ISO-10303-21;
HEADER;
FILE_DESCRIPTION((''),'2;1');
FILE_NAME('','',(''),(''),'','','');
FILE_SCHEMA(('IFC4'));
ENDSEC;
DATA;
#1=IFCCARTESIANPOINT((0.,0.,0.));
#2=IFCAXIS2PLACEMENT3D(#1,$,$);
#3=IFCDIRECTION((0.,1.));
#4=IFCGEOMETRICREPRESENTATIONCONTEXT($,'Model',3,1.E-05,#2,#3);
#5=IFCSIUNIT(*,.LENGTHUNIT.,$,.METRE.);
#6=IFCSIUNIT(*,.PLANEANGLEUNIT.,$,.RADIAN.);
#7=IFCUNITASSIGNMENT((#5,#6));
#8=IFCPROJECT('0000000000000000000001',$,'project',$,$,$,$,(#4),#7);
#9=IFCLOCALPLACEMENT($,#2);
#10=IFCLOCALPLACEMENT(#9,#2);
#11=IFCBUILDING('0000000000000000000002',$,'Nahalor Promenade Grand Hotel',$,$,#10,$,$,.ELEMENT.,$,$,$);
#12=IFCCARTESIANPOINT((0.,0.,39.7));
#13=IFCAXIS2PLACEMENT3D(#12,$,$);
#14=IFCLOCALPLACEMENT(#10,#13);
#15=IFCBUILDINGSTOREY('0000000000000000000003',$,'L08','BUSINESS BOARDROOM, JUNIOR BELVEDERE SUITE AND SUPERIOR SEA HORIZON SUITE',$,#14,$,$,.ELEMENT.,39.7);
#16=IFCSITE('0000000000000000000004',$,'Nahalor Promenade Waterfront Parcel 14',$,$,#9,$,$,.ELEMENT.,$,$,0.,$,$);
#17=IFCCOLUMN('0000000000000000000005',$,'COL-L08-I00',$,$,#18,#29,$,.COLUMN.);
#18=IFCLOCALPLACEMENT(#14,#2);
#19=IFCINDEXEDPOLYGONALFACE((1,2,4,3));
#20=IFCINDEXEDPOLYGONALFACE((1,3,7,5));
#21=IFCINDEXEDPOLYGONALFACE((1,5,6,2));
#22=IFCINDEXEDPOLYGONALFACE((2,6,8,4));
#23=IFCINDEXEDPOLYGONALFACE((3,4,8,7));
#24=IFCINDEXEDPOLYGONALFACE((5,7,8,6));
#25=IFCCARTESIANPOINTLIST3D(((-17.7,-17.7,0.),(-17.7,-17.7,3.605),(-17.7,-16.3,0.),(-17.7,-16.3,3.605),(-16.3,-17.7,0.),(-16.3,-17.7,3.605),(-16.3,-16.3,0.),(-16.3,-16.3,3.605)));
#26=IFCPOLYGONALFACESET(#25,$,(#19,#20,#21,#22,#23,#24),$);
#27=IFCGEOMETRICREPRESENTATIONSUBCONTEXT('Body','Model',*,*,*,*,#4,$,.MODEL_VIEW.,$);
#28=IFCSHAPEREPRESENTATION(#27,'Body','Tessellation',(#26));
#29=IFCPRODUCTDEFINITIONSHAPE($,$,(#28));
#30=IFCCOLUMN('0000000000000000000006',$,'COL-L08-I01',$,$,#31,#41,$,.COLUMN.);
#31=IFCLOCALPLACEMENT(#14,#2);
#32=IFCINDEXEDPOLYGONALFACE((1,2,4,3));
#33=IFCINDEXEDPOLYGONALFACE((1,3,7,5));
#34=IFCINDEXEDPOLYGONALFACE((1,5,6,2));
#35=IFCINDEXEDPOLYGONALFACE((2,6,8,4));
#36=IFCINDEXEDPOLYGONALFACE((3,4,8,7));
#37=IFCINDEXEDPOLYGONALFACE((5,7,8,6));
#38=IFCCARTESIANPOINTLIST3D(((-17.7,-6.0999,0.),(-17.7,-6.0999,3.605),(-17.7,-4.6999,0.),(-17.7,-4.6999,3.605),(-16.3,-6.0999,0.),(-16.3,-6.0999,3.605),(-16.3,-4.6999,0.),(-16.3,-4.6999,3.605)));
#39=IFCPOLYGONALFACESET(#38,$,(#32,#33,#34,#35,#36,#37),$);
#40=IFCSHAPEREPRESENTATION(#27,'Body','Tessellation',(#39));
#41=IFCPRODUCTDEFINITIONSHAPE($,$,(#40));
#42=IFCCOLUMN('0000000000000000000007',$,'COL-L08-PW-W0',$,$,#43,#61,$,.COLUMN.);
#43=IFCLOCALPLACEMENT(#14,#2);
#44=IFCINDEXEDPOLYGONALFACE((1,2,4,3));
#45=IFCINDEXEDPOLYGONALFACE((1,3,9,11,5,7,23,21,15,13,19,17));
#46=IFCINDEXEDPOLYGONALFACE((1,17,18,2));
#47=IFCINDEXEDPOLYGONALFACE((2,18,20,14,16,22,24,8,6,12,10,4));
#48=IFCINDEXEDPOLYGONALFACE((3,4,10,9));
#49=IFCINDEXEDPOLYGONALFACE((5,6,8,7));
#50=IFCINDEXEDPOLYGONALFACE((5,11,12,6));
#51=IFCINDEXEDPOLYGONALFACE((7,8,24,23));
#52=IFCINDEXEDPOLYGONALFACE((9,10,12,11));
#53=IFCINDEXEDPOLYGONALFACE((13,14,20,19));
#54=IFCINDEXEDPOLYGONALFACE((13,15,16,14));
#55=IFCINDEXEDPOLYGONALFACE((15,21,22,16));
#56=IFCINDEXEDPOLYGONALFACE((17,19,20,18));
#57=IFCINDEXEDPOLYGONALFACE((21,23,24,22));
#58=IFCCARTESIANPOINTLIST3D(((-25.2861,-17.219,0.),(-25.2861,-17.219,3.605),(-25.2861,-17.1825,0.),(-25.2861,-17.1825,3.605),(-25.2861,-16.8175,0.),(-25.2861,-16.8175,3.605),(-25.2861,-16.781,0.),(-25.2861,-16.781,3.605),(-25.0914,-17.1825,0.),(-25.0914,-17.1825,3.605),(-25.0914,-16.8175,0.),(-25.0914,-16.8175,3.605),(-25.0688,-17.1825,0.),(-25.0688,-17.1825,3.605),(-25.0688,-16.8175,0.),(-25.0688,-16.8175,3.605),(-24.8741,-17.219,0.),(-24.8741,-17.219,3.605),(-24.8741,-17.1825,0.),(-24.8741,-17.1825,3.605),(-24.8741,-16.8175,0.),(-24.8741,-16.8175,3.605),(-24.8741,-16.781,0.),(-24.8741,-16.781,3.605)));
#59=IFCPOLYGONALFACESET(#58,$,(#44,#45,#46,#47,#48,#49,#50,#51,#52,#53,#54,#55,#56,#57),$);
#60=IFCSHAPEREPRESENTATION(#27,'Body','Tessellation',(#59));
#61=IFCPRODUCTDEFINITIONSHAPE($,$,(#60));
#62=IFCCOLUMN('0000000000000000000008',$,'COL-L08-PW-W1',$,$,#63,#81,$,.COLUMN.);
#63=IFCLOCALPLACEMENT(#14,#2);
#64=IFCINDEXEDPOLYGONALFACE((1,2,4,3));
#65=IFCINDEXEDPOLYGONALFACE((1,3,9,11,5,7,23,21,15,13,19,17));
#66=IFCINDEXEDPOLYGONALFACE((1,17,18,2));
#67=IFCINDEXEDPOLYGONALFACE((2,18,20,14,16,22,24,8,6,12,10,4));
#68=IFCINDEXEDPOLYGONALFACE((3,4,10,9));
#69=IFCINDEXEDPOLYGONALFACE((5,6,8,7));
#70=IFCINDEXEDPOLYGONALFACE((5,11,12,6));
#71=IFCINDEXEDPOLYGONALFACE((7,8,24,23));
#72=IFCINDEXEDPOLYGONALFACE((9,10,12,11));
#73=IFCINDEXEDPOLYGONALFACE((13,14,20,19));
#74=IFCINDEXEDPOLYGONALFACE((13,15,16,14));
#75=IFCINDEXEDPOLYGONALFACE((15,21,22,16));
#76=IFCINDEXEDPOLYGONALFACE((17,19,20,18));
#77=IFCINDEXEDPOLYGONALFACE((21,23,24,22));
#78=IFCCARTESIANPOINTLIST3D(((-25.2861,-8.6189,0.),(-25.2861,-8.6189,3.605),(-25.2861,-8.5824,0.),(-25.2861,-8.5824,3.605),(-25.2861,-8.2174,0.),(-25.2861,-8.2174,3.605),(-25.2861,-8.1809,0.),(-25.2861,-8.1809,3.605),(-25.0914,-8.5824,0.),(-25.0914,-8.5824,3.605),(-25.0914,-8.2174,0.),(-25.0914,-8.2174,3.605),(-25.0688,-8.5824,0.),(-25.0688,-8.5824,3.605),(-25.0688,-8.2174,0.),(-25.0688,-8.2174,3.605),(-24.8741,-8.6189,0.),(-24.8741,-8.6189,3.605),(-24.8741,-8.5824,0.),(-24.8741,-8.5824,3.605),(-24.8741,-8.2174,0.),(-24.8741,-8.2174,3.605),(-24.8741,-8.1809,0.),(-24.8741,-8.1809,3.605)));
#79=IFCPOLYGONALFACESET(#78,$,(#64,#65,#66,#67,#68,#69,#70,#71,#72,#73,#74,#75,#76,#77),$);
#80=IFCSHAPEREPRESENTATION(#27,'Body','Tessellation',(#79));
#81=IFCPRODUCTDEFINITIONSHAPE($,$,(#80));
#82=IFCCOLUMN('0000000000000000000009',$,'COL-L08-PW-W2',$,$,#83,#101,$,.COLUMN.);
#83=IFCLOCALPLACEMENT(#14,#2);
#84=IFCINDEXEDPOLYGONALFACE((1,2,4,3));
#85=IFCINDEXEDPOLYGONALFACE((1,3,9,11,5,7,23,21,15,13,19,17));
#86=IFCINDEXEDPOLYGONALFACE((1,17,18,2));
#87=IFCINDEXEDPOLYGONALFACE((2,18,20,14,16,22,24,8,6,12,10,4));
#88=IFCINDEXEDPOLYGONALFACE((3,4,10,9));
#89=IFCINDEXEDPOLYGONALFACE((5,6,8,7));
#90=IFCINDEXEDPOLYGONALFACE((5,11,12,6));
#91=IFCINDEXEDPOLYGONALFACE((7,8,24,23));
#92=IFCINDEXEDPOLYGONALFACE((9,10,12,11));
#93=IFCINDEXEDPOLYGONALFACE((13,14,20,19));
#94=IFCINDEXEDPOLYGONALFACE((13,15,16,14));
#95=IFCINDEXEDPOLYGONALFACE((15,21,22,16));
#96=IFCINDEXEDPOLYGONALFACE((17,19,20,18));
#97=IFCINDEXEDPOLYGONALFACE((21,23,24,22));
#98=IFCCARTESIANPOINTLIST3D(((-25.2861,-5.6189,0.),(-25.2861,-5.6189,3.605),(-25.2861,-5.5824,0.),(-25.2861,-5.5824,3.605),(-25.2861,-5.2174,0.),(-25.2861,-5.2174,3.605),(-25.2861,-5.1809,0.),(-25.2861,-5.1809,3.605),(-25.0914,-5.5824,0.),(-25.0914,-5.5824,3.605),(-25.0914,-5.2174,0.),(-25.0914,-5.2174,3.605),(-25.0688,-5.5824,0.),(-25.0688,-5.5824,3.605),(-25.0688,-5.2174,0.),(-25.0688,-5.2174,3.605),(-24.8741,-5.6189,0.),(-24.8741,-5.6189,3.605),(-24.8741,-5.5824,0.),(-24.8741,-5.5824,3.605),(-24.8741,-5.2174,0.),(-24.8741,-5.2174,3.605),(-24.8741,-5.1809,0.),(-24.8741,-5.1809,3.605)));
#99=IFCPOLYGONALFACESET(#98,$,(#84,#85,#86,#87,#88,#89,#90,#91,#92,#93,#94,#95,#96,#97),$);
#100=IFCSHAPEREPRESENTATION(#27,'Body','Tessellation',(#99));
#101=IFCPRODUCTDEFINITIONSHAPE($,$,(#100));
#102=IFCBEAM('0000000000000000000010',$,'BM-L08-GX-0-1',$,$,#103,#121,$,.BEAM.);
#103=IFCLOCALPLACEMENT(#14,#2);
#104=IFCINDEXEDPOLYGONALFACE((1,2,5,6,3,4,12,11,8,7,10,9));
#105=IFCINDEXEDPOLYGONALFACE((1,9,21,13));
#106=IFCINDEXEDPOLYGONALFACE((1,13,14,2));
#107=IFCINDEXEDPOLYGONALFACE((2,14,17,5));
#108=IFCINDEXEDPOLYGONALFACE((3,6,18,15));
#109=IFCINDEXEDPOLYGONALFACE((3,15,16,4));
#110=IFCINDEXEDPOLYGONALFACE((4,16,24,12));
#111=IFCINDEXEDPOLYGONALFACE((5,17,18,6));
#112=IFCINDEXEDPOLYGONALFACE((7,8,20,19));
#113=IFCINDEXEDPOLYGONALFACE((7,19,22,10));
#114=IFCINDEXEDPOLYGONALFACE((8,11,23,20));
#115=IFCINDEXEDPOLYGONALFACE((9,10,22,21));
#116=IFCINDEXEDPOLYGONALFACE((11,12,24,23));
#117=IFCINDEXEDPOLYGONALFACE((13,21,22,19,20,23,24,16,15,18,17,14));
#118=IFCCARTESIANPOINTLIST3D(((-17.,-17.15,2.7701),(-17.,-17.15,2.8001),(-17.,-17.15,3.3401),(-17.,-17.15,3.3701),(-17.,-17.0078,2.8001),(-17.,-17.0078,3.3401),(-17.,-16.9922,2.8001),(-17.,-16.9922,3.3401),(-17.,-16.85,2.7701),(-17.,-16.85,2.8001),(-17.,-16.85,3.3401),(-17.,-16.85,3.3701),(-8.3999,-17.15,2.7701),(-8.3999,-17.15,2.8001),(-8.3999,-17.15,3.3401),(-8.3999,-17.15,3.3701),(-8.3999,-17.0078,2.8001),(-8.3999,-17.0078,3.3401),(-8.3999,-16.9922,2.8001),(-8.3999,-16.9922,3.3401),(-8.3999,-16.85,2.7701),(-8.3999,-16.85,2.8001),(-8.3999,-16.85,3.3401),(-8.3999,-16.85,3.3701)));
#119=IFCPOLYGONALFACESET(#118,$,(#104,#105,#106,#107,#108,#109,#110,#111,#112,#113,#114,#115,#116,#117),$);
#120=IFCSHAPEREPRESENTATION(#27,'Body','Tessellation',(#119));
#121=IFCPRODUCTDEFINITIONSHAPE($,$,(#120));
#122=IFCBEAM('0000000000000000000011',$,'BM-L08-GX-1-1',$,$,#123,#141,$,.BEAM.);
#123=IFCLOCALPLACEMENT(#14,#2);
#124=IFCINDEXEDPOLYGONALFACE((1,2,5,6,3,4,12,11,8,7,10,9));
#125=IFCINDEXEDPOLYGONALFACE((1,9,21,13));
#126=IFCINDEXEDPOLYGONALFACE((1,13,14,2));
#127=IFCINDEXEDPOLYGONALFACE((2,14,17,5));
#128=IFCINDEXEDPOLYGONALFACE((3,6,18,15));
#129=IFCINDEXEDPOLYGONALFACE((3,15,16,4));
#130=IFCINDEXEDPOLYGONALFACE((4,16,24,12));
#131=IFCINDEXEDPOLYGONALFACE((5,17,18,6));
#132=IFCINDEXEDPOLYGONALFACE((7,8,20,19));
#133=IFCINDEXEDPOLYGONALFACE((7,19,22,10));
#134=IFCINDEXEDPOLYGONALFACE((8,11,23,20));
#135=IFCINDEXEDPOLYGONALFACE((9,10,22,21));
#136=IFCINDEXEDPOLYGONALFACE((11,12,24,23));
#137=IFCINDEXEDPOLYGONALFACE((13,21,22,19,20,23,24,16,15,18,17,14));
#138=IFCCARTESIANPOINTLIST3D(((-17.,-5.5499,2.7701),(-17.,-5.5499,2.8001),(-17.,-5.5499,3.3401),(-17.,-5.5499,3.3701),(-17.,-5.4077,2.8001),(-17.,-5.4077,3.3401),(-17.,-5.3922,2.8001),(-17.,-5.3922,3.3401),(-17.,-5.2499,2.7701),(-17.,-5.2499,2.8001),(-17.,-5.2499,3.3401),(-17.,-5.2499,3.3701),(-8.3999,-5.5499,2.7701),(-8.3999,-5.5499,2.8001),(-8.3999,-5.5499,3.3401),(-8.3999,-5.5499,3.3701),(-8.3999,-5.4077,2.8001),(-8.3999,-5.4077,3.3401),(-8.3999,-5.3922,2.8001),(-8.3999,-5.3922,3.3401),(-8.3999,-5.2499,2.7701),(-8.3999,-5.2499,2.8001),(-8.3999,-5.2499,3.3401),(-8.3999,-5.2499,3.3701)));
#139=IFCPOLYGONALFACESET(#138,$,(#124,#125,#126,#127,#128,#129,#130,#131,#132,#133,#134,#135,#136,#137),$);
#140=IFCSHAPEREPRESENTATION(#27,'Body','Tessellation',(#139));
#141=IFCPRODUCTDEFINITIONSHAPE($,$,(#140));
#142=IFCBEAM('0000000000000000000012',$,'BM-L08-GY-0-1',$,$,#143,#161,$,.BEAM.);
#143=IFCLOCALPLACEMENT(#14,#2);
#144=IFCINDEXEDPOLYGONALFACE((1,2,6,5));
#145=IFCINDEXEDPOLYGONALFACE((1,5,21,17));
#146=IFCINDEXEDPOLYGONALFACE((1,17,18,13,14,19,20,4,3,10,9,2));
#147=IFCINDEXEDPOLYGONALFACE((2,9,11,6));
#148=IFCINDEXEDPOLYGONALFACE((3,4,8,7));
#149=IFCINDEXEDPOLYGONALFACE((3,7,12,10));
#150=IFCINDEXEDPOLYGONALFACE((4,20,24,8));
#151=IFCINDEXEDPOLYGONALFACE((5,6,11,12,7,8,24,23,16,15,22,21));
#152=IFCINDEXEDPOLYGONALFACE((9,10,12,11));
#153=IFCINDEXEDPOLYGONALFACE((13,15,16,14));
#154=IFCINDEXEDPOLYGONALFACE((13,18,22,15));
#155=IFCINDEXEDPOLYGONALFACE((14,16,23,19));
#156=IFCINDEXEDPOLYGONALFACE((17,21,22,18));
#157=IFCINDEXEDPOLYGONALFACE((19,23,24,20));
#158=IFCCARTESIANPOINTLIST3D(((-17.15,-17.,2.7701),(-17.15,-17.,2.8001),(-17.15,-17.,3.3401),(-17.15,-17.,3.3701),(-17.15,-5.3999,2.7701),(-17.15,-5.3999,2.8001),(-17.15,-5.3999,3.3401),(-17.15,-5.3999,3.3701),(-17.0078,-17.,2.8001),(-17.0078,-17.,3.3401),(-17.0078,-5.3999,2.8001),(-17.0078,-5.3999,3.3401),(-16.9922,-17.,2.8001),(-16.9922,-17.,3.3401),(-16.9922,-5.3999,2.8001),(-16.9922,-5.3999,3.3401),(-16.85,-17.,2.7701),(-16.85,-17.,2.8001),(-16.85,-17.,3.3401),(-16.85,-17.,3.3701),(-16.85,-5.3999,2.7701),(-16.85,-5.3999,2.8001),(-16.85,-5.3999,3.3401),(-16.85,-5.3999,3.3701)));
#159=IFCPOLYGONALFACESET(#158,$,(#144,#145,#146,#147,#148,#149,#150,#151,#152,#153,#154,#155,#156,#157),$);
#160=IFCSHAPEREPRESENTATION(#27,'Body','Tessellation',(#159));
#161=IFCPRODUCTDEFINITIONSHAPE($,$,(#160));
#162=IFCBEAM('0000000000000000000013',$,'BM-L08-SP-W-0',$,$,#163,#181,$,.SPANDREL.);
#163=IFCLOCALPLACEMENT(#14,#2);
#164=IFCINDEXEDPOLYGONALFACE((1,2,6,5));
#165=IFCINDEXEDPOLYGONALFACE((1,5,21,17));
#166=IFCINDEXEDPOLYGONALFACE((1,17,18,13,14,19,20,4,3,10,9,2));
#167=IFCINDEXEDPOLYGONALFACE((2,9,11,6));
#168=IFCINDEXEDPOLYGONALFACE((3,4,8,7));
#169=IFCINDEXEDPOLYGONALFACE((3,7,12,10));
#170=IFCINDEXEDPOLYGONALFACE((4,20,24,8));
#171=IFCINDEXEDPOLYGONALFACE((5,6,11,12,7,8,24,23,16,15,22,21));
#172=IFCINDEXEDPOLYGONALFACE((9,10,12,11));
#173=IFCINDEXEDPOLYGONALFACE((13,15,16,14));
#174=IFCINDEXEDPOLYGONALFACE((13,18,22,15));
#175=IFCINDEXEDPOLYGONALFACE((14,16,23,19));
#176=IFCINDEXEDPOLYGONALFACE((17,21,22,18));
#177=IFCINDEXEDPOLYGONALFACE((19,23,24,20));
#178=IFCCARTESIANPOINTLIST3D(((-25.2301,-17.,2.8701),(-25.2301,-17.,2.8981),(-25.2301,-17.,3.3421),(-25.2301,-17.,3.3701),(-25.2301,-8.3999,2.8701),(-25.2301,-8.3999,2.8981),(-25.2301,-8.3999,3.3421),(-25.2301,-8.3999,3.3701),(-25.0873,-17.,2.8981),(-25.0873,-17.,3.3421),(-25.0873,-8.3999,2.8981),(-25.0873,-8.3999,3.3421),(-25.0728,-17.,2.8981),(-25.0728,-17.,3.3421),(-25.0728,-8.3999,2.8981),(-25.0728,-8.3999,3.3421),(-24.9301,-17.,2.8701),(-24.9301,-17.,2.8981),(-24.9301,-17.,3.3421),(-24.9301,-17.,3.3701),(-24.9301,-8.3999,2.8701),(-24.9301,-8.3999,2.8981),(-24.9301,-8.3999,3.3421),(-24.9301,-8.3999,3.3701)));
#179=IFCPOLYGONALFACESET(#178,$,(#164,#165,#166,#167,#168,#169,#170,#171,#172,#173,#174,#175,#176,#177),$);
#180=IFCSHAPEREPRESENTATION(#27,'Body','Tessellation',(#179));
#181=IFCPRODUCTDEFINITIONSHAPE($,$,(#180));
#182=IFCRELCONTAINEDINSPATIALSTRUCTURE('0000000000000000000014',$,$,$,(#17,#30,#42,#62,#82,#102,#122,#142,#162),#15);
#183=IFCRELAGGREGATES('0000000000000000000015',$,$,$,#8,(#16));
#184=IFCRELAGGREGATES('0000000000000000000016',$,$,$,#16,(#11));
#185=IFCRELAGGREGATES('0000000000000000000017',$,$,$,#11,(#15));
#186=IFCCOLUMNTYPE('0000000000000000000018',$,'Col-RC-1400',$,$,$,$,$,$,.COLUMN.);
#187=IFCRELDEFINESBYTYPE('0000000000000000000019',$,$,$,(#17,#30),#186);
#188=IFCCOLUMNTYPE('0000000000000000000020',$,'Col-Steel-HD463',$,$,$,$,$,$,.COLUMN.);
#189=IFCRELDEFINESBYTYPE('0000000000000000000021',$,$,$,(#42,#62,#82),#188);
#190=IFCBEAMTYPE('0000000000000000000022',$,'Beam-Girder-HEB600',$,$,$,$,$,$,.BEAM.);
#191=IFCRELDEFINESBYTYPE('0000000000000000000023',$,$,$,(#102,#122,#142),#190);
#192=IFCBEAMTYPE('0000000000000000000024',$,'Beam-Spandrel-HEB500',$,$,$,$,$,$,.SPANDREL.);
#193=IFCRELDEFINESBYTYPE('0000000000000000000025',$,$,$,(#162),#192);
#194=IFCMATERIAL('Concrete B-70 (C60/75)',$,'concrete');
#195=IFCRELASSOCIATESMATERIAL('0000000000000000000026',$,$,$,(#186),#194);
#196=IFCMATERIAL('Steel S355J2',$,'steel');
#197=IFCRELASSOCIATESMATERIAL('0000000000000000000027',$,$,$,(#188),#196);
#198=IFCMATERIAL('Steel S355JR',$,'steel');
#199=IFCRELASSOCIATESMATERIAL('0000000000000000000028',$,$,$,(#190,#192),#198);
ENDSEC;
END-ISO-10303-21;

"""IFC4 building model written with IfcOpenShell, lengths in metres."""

from ifc_helpers import new_model, si_unit, direction, frame, origin, origin_2d, place, context, subcontext, project, spatial, rectangle, i_section, extrude, source, transform, mapped, material, material_profile, profile_set, type_object, element, save


model = new_model("IFC4")

# Units and contexts
model_context = context("Model", 3, precision=1e-05, world=origin(), true_north=direction((0.0, 1.0)))
body_context = subcontext(model_context, "Body", "Model", "MODEL_VIEW")
ifc_project = project(units=[si_unit("LENGTHUNIT", "METRE"), si_unit("PLANEANGLEUNIT", "RADIAN")], contexts=[model_context])

# Site, building, storey
site_placement = place(None, origin())
site = spatial("IfcSite", under=ifc_project, at=site_placement, Name="Nahalor Promenade Waterfront Parcel 14", CompositionType="ELEMENT", RefElevation=0.0)
building_placement = place(site_placement, origin())
building = spatial("IfcBuilding", under=site, at=building_placement, Name="Nahalor Promenade Grand Hotel", CompositionType="ELEMENT")
storey_placement = place(building_placement, frame((0.0, 0.0, 39.7)))
storey = spatial("IfcBuildingStorey", under=building, at=storey_placement, Name="L08", Description="BUSINESS BOARDROOM, JUNIOR BELVEDERE SUITE AND SUPERIOR SEA HORIZON SUITE", CompositionType="ELEMENT", Elevation=39.7)

# Columns
ifc_material_1 = material(Name="Concrete B-70 (C60/75)", Category="concrete")
ifc_material_profile_1 = material_profile(ifc_material_1, rectangle(XDim=1.4, YDim=1.4, at=origin_2d()), Name="RC 1400x1400")
ifc_profile_set_1 = profile_set([ifc_material_profile_1], Name="Concrete B-70 (C60/75)")
column_type_1 = type_object("IfcColumnType", Name="Col-RC-1400", PredefinedType="COLUMN", material=ifc_profile_set_1)
shared_shape_1 = source(origin(), body_context, "Body", "SweptSolid", [
    extrude(rectangle(XDim=1.4, YDim=1.4, at=origin_2d()), origin(), (0.0, 0.0, 1.0), 3.605),
])
for number, where, z_axis, x_axis, name in (
    (1, (-17.0, -17.0, 0.0), (0.0, 0.0, 1.0), (1.0, 0.0, 0.0), "COL-L08-I00"),
    (2, (-17.0, -5.3999, 0.0), (0.0, 0.0, 1.0), (1.0, 0.0, 0.0), "COL-L08-I01"),
):
    element("IfcColumn", number, at=place(storey_placement, frame(where, z_axis=z_axis, x_axis=x_axis)), inside=storey, type_object=column_type_1, Name=name, PredefinedType="COLUMN", context=body_context, shape_type="MappedRepresentation", body=[
        mapped(shared_shape_1, transform((0.0, 0.0, 0.0), scale=1.0)),
    ])
ifc_material_2 = material(Name="Steel S355J2", Category="steel")
ifc_material_profile_2 = material_profile(ifc_material_2, i_section(OverallWidth=0.412, OverallDepth=0.438, WebThickness=0.0226, FlangeThickness=0.0365, at=origin_2d()), Name="HD 400x463")
ifc_profile_set_2 = profile_set([ifc_material_profile_2], Name="Steel S355J2")
column_type_2 = type_object("IfcColumnType", Name="Col-Steel-HD463", PredefinedType="COLUMN", material=ifc_profile_set_2)
shared_shape_2 = source(origin(), body_context, "Body", "SweptSolid", [
    extrude(i_section(OverallWidth=0.412, OverallDepth=0.438, WebThickness=0.0226, FlangeThickness=0.0365, at=origin_2d()), origin(), (0.0, 0.0, 1.0), 3.605),
])
for number, where, z_axis, x_axis, name in (
    (3, (-25.0801, -17.0, 0.0), (0.0, 0.0, 1.0), (1.0, 0.0, 0.0), "COL-L08-PW-W0"),
    (4, (-25.0801, -8.3999, 0.0), (0.0, 0.0, 1.0), (1.0, 0.0, 0.0), "COL-L08-PW-W1"),
    (5, (-25.0801, -5.3999, 0.0), (0.0, 0.0, 1.0), (1.0, 0.0, 0.0), "COL-L08-PW-W2"),
):
    element("IfcColumn", number, at=place(storey_placement, frame(where, z_axis=z_axis, x_axis=x_axis)), inside=storey, type_object=column_type_2, Name=name, PredefinedType="COLUMN", context=body_context, shape_type="MappedRepresentation", body=[
        mapped(shared_shape_2, transform((0.0, 0.0, 0.0), scale=1.0)),
    ])

# Beams
ifc_material_3 = material(Name="Steel S355JR", Category="steel")
ifc_material_profile_3 = material_profile(ifc_material_3, i_section(OverallWidth=0.3, OverallDepth=0.6, WebThickness=0.0155, FlangeThickness=0.03, at=origin_2d()), Name="HEB 600")
ifc_profile_set_3 = profile_set([ifc_material_profile_3], Name="Steel S355JR")
beam_type_1 = type_object("IfcBeamType", Name="Beam-Girder-HEB600", PredefinedType="BEAM", material=ifc_profile_set_3)
shared_shape_3 = source(origin(), body_context, "Body", "SweptSolid", [
    extrude(i_section(OverallWidth=0.3, OverallDepth=0.6, WebThickness=0.0155, FlangeThickness=0.03, at=origin_2d()), origin(), (0.0, 0.0, 1.0), 8.6001),
])
for number, where, z_axis, x_axis, name in (
    (6, (-17.0, -17.0, 3.0701), (1.0, 0.0, 0.0), (0.0, 1.0, 0.0), "BM-L08-GX-0-1"),
    (7, (-17.0, -5.3999, 3.0701), (1.0, 0.0, 0.0), (0.0, 1.0, 0.0), "BM-L08-GX-1-1"),
):
    element("IfcBeam", number, at=place(storey_placement, frame(where, z_axis=z_axis, x_axis=x_axis)), inside=storey, type_object=beam_type_1, Name=name, PredefinedType="BEAM", context=body_context, shape_type="MappedRepresentation", body=[
        mapped(shared_shape_3, transform((0.0, 0.0, 0.0), scale=1.0)),
    ])
shared_shape_4 = source(origin(), body_context, "Body", "SweptSolid", [
    extrude(i_section(OverallWidth=0.3, OverallDepth=0.6, WebThickness=0.0155, FlangeThickness=0.03, at=origin_2d()), origin(), (0.0, 0.0, 1.0), 11.6001),
])
beam_1_placement = place(storey_placement, frame((-17.0, -17.0, 3.0701), z_axis=(0.0, 1.0, 0.0), x_axis=(-1.0, 0.0, 0.0)))
element("IfcBeam", 8, at=beam_1_placement, inside=storey, type_object=beam_type_1, Name="BM-L08-GY-0-1", PredefinedType="BEAM", context=body_context, shape_type="MappedRepresentation", body=[
    mapped(shared_shape_4, transform((0.0, 0.0, 0.0), scale=1.0)),
])
ifc_material_profile_4 = material_profile(ifc_material_3, i_section(OverallWidth=0.3, OverallDepth=0.5, WebThickness=0.0145, FlangeThickness=0.028, at=origin_2d()), Name="HEB 500")
ifc_profile_set_4 = profile_set([ifc_material_profile_4], Name="Steel S355JR")
beam_type_2 = type_object("IfcBeamType", Name="Beam-Spandrel-HEB500", PredefinedType="SPANDREL", material=ifc_profile_set_4)
shared_shape_5 = source(origin(), body_context, "Body", "SweptSolid", [
    extrude(i_section(OverallWidth=0.3, OverallDepth=0.5, WebThickness=0.0145, FlangeThickness=0.028, at=origin_2d()), origin(), (0.0, 0.0, 1.0), 8.6001),
])
beam_2_placement = place(storey_placement, frame((-25.0801, -17.0, 3.1201), z_axis=(0.0, 1.0, 0.0), x_axis=(-1.0, 0.0, 0.0)))
element("IfcBeam", 9, at=beam_2_placement, inside=storey, type_object=beam_type_2, Name="BM-L08-SP-W-0", PredefinedType="SPANDREL", context=body_context, shape_type="MappedRepresentation", body=[
    mapped(shared_shape_5, transform((0.0, 0.0, 0.0), scale=1.0)),
])

save(model, "model.ifc")
